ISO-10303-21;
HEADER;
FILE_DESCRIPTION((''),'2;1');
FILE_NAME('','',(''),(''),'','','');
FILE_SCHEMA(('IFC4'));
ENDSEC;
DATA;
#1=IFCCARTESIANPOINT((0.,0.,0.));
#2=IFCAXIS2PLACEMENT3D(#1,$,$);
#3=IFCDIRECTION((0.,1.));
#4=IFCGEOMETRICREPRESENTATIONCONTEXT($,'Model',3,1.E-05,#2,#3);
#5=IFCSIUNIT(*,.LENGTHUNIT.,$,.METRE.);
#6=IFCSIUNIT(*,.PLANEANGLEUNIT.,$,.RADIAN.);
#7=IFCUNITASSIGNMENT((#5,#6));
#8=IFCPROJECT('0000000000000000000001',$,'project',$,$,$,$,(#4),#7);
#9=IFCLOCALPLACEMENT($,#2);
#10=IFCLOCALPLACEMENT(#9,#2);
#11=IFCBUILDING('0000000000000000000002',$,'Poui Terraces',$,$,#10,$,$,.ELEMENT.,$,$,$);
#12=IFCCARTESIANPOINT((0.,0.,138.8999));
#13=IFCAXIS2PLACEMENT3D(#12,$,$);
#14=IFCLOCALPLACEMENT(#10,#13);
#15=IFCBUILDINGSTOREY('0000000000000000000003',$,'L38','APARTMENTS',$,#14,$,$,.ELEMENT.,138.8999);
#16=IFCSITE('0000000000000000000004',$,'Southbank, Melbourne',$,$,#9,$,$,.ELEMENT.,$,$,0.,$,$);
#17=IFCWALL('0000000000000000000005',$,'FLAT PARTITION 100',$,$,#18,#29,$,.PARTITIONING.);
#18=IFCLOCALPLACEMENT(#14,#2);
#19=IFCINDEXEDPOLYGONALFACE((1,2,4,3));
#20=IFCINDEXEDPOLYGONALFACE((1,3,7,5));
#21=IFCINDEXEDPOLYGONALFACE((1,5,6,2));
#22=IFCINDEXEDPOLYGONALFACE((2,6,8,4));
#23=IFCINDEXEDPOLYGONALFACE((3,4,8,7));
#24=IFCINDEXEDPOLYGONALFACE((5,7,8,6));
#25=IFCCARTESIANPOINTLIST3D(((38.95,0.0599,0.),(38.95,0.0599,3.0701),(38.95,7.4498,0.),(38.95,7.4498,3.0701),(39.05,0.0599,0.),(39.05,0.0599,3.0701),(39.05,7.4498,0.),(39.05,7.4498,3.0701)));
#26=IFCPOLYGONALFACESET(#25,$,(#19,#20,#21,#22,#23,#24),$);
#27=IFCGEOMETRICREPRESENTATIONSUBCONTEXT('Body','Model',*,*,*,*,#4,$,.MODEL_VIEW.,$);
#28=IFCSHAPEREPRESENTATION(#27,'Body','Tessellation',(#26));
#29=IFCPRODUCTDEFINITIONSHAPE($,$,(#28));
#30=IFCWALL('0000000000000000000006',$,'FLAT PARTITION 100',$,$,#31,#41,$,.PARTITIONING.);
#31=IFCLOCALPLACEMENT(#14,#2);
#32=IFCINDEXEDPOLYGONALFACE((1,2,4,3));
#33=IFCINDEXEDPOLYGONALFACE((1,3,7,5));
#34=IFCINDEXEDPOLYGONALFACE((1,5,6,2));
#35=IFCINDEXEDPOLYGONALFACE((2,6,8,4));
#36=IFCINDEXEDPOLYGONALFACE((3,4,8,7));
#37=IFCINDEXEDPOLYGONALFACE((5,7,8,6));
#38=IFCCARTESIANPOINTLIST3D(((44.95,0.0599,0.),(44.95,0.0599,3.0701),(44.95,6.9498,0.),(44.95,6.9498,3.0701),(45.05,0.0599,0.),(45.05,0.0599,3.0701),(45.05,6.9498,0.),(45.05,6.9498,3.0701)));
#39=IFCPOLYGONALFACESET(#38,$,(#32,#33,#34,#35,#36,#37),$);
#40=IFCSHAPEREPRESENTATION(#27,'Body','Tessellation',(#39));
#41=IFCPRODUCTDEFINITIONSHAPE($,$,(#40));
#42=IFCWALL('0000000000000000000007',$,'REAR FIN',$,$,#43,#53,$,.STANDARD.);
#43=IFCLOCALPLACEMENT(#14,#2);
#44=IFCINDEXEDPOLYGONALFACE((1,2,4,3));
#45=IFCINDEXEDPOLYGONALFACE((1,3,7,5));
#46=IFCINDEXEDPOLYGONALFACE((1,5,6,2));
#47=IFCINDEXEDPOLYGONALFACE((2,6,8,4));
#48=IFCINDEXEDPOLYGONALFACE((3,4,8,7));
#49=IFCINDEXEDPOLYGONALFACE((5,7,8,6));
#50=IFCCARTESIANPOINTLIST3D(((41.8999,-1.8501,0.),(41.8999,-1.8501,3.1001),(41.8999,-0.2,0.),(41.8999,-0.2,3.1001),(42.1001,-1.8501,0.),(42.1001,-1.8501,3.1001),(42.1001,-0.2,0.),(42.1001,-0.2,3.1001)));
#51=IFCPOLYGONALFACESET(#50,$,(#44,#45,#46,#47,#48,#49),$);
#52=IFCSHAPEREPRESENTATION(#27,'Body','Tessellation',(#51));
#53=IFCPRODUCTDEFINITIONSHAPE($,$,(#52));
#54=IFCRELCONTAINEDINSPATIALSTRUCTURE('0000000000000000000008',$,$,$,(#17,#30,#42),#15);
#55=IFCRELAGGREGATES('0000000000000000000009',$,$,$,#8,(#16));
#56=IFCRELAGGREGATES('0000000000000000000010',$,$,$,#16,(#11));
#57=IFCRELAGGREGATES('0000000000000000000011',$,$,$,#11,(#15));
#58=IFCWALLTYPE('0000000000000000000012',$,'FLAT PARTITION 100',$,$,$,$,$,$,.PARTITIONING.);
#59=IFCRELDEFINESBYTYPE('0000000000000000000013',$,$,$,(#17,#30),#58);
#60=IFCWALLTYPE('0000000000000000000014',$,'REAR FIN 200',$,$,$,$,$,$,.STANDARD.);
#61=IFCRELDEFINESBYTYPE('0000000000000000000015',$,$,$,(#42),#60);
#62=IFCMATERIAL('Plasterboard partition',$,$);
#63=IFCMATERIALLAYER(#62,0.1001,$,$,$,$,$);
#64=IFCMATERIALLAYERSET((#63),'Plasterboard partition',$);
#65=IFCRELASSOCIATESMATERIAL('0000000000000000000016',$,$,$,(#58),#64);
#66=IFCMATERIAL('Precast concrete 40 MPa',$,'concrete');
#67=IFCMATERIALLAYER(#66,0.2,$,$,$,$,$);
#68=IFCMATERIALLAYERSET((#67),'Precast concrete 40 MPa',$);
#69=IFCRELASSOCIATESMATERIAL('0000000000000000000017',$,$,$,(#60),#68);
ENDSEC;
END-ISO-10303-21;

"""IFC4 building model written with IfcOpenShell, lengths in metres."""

from ifc_helpers import new_model, si_unit, direction, frame, frame_2d, origin, place, context, subcontext, project, spatial, polyline, rectangle, outline, extrude, source, transform, mapped, material, layer, layer_set, type_object, element, save


model = new_model("IFC4")

# Units and contexts
model_context = context("Model", 3, precision=1e-05, world=origin(), true_north=direction((0.0, 1.0)))
body_context = subcontext(model_context, "Body", "Model", "MODEL_VIEW")
ifc_project = project(units=[si_unit("LENGTHUNIT", "METRE"), si_unit("PLANEANGLEUNIT", "RADIAN")], contexts=[model_context])

# Site, building, storey
site_placement = place(None, origin())
site = spatial("IfcSite", under=ifc_project, at=site_placement, Name="Southbank, Melbourne", CompositionType="ELEMENT", RefElevation=0.0)
building_placement = place(site_placement, origin())
building = spatial("IfcBuilding", under=site, at=building_placement, Name="Poui Terraces", CompositionType="ELEMENT")
storey_placement = place(building_placement, frame((0.0, 0.0, 138.8999)))
storey = spatial("IfcBuildingStorey", under=building, at=storey_placement, Name="L38", Description="APARTMENTS", CompositionType="ELEMENT", Elevation=138.8999)

# Shared definitions
ifc_material_1 = material(Name="Plasterboard partition")
ifc_layer_1 = layer(ifc_material_1, 0.1001)
ifc_layer_set_1 = layer_set([ifc_layer_1], Name="Plasterboard partition")
wall_type_1 = type_object("IfcWallType", Name="FLAT PARTITION 100", PredefinedType="PARTITIONING", material=ifc_layer_set_1)

# Walls
wall_1_placement = place(storey_placement, frame((39.0, 0.0601, 0.0), z_axis=(0.0, 0.0, 1.0), x_axis=(0.0, 1.0, 0.0)))
element("IfcWall", 1, at=wall_1_placement, inside=storey, type_object=wall_type_1, Name="FLAT PARTITION 100", PredefinedType="PARTITIONING", context=body_context, shape_type="SweptSolid", body=[
    extrude(rectangle(XDim=7.3899, YDim=0.1001, at=frame_2d((3.6948, 0.0))), origin(), (0.0, 0.0, 1.0), 3.0701),
])
wall_2_placement = place(storey_placement, frame((45.0, 0.0601, 0.0), z_axis=(0.0, 0.0, 1.0), x_axis=(0.0, 1.0, 0.0)))
element("IfcWall", 2, at=wall_2_placement, inside=storey, type_object=wall_type_1, Name="FLAT PARTITION 100", PredefinedType="PARTITIONING", context=body_context, shape_type="SweptSolid", body=[
    extrude(rectangle(XDim=6.8899, YDim=0.1001, at=frame_2d((3.4448, 0.0))), origin(), (0.0, 0.0, 1.0), 3.0701),
])
ifc_material_2 = material(Name="Precast concrete 40 MPa", Category="concrete")
ifc_layer_2 = layer(ifc_material_2, 0.2)
ifc_layer_set_2 = layer_set([ifc_layer_2], Name="Precast concrete 40 MPa")
wall_type_2 = type_object("IfcWallType", Name="REAR FIN 200", PredefinedType="STANDARD", material=ifc_layer_set_2)
shared_shape_1 = source(origin(), body_context, "Body", "SweptSolid", [
    extrude(outline(polyline([(0.0, 0.0), (0.2002, 0.0), (0.2002, 1.6501), (0.0, 1.6501), (0.0, 0.0)])), origin(), (0.0, 0.0, 1.0), 3.1001),
])
wall_3_placement = place(storey_placement, frame((41.8999, -1.8501, 0.0)))
element("IfcWall", 3, at=wall_3_placement, inside=storey, type_object=wall_type_2, Name="REAR FIN", PredefinedType="STANDARD", context=body_context, shape_type="MappedRepresentation", body=[
    mapped(shared_shape_1, transform((0.0, 0.0, 0.0))),
])

save(model, "model.ifc")
